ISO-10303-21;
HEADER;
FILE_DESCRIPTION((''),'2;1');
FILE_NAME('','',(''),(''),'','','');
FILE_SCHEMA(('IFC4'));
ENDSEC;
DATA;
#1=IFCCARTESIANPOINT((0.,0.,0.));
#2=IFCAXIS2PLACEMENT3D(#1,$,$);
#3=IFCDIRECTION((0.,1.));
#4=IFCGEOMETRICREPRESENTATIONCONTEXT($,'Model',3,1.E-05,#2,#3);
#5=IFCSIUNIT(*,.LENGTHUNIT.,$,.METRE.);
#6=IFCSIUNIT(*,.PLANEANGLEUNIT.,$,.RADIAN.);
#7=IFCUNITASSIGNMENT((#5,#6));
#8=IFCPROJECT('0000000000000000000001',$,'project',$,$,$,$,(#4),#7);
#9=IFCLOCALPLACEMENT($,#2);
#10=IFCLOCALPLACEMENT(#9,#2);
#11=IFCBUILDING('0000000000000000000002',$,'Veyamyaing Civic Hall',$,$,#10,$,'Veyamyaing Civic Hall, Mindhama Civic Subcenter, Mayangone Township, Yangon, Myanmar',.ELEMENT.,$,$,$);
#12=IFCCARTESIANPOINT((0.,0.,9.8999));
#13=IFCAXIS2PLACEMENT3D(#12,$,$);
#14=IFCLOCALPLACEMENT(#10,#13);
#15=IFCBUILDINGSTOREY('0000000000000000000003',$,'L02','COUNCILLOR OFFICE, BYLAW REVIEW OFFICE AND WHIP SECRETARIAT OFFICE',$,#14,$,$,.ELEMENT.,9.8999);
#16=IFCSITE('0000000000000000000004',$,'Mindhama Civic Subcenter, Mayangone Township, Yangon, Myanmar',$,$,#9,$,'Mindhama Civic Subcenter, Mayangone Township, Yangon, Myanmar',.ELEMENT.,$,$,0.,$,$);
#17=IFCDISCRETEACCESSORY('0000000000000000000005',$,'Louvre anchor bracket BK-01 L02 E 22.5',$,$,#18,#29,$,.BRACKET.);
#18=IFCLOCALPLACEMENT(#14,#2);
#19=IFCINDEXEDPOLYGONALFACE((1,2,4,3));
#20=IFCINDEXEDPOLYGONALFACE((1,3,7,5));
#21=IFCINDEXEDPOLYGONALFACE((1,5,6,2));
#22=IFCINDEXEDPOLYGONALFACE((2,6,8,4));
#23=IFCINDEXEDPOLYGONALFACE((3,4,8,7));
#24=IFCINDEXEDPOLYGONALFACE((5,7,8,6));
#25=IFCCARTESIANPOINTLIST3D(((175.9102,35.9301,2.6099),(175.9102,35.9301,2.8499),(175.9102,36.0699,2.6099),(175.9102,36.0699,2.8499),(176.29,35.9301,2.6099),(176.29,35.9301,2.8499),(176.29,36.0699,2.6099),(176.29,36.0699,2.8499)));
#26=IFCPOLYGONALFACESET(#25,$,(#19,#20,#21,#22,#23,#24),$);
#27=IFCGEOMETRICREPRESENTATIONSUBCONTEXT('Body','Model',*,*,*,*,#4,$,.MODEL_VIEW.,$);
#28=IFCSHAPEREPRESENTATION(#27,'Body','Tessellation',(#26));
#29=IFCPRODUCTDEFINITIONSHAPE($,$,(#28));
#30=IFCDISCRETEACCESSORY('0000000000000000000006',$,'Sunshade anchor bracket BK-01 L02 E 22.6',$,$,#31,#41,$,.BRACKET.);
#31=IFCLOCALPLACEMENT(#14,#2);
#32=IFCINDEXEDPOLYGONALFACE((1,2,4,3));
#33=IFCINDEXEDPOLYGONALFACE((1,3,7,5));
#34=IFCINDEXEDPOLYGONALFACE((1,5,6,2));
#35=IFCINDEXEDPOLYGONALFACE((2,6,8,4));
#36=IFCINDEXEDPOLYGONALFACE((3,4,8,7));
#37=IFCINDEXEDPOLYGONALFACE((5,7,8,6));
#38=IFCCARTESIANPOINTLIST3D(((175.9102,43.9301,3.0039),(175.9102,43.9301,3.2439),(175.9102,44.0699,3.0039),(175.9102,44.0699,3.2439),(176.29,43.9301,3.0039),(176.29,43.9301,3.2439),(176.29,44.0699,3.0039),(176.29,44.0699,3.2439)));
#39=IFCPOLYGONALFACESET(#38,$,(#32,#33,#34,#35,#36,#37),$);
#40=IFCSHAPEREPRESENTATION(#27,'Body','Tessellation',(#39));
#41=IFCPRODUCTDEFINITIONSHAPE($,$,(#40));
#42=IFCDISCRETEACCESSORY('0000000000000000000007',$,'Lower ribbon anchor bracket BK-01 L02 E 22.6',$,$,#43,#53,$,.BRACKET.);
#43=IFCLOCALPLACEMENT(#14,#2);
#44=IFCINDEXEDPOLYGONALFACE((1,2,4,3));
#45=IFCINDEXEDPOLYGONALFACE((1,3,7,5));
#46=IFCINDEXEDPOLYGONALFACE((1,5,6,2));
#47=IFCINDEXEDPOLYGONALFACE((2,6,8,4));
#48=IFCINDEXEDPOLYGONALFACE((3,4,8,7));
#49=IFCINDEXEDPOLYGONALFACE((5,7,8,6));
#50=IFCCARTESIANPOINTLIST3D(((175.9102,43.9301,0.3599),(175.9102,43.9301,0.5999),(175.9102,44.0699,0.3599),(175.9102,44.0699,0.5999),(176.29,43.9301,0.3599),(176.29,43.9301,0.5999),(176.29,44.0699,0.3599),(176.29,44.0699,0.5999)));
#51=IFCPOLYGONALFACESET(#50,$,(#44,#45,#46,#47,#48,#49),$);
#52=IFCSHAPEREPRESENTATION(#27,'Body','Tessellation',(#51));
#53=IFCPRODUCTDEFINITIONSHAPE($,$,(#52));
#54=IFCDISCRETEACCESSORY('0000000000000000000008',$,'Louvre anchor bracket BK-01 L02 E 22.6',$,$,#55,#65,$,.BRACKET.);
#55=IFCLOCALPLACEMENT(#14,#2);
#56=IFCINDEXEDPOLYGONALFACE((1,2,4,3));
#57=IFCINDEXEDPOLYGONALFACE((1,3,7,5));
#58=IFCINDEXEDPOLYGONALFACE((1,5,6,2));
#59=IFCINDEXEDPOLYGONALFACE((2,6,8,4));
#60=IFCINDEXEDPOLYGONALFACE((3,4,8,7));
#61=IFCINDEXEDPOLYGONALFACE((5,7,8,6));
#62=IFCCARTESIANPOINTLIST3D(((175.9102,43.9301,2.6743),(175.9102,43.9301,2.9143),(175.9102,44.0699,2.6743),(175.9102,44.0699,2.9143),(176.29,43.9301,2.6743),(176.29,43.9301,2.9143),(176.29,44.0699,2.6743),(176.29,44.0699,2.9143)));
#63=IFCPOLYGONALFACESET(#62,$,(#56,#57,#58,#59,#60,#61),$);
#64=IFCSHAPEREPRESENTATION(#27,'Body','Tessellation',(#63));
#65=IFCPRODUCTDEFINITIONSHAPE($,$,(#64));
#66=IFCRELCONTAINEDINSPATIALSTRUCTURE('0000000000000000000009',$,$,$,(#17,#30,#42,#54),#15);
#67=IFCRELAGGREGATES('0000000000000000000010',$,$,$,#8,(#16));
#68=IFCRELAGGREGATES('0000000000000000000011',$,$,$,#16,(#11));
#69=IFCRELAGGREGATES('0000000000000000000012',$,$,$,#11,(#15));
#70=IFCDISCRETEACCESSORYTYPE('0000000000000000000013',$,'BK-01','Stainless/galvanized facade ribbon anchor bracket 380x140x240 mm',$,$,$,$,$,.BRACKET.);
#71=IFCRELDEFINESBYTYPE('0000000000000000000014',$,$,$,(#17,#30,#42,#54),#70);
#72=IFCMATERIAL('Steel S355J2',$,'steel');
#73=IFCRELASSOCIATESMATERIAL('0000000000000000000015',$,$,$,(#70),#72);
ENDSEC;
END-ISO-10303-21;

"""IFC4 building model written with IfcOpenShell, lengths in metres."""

from ifc_helpers import new_model, si_unit, direction, frame, origin, origin_2d, place, context, subcontext, project, spatial, rectangle, extrude, material, type_object, element, save


model = new_model("IFC4")

# Units and contexts
model_context = context("Model", 3, precision=1e-05, world=origin(), true_north=direction((0.0, 1.0)))
body_context = subcontext(model_context, "Body", "Model", "MODEL_VIEW")
ifc_project = project(units=[si_unit("LENGTHUNIT", "METRE"), si_unit("PLANEANGLEUNIT", "RADIAN")], contexts=[model_context])

# Site, building, storey
site_placement = place(None, origin())
site = spatial("IfcSite", under=ifc_project, at=site_placement, Name="Mindhama Civic Subcenter, Mayangone Township, Yangon, Myanmar", LongName="Mindhama Civic Subcenter, Mayangone Township, Yangon, Myanmar", CompositionType="ELEMENT", RefElevation=0.0)
building_placement = place(site_placement, origin())
building = spatial("IfcBuilding", under=site, at=building_placement, Name="Veyamyaing Civic Hall", LongName="Veyamyaing Civic Hall, Mindhama Civic Subcenter, Mayangone Township, Yangon, Myanmar", CompositionType="ELEMENT")
storey_placement = place(building_placement, frame((0.0, 0.0, 9.8999)))
storey = spatial("IfcBuildingStorey", under=building, at=storey_placement, Name="L02", Description="COUNCILLOR OFFICE, BYLAW REVIEW OFFICE AND WHIP SECRETARIAT OFFICE", CompositionType="ELEMENT", Elevation=9.8999)

# Discrete accessories
ifc_material_1 = material(Name="Steel S355J2", Category="steel")
discrete_accessory_type = type_object("IfcDiscreteAccessoryType", Name="BK-01", Description="Stainless/galvanized facade ribbon anchor bracket 380x140x240 mm", PredefinedType="BRACKET", material=ifc_material_1)
for number, where, z_axis, x_axis, name in (
    (1, (176.1001, 36.0, 2.6099), (0.0, 0.0, 1.0), (1.0, 0.0, 0.0), "Louvre anchor bracket BK-01 L02 E 22.5"),
    (2, (176.1001, 44.0, 3.0039), (0.0, 0.0, 1.0), (1.0, 0.0, 0.0), "Sunshade anchor bracket BK-01 L02 E 22.6"),
    (3, (176.1001, 44.0, 0.3599), (0.0, 0.0, 1.0), (1.0, 0.0, 0.0), "Lower ribbon anchor bracket BK-01 L02 E 22.6"),
    (4, (176.1001, 44.0, 2.6743), (0.0, 0.0, 1.0), (1.0, 0.0, 0.0), "Louvre anchor bracket BK-01 L02 E 22.6"),
):
    element("IfcDiscreteAccessory", number, at=place(storey_placement, frame(where, z_axis=z_axis, x_axis=x_axis)), inside=storey, type_object=discrete_accessory_type, Name=name, PredefinedType="BRACKET", context=body_context, shape_type="SweptSolid", body=[
        extrude(rectangle(XDim=0.3799, YDim=0.1399, at=origin_2d()), origin(), (0.0, 0.0, 1.0), 0.24),
    ])

save(model, "model.ifc")
